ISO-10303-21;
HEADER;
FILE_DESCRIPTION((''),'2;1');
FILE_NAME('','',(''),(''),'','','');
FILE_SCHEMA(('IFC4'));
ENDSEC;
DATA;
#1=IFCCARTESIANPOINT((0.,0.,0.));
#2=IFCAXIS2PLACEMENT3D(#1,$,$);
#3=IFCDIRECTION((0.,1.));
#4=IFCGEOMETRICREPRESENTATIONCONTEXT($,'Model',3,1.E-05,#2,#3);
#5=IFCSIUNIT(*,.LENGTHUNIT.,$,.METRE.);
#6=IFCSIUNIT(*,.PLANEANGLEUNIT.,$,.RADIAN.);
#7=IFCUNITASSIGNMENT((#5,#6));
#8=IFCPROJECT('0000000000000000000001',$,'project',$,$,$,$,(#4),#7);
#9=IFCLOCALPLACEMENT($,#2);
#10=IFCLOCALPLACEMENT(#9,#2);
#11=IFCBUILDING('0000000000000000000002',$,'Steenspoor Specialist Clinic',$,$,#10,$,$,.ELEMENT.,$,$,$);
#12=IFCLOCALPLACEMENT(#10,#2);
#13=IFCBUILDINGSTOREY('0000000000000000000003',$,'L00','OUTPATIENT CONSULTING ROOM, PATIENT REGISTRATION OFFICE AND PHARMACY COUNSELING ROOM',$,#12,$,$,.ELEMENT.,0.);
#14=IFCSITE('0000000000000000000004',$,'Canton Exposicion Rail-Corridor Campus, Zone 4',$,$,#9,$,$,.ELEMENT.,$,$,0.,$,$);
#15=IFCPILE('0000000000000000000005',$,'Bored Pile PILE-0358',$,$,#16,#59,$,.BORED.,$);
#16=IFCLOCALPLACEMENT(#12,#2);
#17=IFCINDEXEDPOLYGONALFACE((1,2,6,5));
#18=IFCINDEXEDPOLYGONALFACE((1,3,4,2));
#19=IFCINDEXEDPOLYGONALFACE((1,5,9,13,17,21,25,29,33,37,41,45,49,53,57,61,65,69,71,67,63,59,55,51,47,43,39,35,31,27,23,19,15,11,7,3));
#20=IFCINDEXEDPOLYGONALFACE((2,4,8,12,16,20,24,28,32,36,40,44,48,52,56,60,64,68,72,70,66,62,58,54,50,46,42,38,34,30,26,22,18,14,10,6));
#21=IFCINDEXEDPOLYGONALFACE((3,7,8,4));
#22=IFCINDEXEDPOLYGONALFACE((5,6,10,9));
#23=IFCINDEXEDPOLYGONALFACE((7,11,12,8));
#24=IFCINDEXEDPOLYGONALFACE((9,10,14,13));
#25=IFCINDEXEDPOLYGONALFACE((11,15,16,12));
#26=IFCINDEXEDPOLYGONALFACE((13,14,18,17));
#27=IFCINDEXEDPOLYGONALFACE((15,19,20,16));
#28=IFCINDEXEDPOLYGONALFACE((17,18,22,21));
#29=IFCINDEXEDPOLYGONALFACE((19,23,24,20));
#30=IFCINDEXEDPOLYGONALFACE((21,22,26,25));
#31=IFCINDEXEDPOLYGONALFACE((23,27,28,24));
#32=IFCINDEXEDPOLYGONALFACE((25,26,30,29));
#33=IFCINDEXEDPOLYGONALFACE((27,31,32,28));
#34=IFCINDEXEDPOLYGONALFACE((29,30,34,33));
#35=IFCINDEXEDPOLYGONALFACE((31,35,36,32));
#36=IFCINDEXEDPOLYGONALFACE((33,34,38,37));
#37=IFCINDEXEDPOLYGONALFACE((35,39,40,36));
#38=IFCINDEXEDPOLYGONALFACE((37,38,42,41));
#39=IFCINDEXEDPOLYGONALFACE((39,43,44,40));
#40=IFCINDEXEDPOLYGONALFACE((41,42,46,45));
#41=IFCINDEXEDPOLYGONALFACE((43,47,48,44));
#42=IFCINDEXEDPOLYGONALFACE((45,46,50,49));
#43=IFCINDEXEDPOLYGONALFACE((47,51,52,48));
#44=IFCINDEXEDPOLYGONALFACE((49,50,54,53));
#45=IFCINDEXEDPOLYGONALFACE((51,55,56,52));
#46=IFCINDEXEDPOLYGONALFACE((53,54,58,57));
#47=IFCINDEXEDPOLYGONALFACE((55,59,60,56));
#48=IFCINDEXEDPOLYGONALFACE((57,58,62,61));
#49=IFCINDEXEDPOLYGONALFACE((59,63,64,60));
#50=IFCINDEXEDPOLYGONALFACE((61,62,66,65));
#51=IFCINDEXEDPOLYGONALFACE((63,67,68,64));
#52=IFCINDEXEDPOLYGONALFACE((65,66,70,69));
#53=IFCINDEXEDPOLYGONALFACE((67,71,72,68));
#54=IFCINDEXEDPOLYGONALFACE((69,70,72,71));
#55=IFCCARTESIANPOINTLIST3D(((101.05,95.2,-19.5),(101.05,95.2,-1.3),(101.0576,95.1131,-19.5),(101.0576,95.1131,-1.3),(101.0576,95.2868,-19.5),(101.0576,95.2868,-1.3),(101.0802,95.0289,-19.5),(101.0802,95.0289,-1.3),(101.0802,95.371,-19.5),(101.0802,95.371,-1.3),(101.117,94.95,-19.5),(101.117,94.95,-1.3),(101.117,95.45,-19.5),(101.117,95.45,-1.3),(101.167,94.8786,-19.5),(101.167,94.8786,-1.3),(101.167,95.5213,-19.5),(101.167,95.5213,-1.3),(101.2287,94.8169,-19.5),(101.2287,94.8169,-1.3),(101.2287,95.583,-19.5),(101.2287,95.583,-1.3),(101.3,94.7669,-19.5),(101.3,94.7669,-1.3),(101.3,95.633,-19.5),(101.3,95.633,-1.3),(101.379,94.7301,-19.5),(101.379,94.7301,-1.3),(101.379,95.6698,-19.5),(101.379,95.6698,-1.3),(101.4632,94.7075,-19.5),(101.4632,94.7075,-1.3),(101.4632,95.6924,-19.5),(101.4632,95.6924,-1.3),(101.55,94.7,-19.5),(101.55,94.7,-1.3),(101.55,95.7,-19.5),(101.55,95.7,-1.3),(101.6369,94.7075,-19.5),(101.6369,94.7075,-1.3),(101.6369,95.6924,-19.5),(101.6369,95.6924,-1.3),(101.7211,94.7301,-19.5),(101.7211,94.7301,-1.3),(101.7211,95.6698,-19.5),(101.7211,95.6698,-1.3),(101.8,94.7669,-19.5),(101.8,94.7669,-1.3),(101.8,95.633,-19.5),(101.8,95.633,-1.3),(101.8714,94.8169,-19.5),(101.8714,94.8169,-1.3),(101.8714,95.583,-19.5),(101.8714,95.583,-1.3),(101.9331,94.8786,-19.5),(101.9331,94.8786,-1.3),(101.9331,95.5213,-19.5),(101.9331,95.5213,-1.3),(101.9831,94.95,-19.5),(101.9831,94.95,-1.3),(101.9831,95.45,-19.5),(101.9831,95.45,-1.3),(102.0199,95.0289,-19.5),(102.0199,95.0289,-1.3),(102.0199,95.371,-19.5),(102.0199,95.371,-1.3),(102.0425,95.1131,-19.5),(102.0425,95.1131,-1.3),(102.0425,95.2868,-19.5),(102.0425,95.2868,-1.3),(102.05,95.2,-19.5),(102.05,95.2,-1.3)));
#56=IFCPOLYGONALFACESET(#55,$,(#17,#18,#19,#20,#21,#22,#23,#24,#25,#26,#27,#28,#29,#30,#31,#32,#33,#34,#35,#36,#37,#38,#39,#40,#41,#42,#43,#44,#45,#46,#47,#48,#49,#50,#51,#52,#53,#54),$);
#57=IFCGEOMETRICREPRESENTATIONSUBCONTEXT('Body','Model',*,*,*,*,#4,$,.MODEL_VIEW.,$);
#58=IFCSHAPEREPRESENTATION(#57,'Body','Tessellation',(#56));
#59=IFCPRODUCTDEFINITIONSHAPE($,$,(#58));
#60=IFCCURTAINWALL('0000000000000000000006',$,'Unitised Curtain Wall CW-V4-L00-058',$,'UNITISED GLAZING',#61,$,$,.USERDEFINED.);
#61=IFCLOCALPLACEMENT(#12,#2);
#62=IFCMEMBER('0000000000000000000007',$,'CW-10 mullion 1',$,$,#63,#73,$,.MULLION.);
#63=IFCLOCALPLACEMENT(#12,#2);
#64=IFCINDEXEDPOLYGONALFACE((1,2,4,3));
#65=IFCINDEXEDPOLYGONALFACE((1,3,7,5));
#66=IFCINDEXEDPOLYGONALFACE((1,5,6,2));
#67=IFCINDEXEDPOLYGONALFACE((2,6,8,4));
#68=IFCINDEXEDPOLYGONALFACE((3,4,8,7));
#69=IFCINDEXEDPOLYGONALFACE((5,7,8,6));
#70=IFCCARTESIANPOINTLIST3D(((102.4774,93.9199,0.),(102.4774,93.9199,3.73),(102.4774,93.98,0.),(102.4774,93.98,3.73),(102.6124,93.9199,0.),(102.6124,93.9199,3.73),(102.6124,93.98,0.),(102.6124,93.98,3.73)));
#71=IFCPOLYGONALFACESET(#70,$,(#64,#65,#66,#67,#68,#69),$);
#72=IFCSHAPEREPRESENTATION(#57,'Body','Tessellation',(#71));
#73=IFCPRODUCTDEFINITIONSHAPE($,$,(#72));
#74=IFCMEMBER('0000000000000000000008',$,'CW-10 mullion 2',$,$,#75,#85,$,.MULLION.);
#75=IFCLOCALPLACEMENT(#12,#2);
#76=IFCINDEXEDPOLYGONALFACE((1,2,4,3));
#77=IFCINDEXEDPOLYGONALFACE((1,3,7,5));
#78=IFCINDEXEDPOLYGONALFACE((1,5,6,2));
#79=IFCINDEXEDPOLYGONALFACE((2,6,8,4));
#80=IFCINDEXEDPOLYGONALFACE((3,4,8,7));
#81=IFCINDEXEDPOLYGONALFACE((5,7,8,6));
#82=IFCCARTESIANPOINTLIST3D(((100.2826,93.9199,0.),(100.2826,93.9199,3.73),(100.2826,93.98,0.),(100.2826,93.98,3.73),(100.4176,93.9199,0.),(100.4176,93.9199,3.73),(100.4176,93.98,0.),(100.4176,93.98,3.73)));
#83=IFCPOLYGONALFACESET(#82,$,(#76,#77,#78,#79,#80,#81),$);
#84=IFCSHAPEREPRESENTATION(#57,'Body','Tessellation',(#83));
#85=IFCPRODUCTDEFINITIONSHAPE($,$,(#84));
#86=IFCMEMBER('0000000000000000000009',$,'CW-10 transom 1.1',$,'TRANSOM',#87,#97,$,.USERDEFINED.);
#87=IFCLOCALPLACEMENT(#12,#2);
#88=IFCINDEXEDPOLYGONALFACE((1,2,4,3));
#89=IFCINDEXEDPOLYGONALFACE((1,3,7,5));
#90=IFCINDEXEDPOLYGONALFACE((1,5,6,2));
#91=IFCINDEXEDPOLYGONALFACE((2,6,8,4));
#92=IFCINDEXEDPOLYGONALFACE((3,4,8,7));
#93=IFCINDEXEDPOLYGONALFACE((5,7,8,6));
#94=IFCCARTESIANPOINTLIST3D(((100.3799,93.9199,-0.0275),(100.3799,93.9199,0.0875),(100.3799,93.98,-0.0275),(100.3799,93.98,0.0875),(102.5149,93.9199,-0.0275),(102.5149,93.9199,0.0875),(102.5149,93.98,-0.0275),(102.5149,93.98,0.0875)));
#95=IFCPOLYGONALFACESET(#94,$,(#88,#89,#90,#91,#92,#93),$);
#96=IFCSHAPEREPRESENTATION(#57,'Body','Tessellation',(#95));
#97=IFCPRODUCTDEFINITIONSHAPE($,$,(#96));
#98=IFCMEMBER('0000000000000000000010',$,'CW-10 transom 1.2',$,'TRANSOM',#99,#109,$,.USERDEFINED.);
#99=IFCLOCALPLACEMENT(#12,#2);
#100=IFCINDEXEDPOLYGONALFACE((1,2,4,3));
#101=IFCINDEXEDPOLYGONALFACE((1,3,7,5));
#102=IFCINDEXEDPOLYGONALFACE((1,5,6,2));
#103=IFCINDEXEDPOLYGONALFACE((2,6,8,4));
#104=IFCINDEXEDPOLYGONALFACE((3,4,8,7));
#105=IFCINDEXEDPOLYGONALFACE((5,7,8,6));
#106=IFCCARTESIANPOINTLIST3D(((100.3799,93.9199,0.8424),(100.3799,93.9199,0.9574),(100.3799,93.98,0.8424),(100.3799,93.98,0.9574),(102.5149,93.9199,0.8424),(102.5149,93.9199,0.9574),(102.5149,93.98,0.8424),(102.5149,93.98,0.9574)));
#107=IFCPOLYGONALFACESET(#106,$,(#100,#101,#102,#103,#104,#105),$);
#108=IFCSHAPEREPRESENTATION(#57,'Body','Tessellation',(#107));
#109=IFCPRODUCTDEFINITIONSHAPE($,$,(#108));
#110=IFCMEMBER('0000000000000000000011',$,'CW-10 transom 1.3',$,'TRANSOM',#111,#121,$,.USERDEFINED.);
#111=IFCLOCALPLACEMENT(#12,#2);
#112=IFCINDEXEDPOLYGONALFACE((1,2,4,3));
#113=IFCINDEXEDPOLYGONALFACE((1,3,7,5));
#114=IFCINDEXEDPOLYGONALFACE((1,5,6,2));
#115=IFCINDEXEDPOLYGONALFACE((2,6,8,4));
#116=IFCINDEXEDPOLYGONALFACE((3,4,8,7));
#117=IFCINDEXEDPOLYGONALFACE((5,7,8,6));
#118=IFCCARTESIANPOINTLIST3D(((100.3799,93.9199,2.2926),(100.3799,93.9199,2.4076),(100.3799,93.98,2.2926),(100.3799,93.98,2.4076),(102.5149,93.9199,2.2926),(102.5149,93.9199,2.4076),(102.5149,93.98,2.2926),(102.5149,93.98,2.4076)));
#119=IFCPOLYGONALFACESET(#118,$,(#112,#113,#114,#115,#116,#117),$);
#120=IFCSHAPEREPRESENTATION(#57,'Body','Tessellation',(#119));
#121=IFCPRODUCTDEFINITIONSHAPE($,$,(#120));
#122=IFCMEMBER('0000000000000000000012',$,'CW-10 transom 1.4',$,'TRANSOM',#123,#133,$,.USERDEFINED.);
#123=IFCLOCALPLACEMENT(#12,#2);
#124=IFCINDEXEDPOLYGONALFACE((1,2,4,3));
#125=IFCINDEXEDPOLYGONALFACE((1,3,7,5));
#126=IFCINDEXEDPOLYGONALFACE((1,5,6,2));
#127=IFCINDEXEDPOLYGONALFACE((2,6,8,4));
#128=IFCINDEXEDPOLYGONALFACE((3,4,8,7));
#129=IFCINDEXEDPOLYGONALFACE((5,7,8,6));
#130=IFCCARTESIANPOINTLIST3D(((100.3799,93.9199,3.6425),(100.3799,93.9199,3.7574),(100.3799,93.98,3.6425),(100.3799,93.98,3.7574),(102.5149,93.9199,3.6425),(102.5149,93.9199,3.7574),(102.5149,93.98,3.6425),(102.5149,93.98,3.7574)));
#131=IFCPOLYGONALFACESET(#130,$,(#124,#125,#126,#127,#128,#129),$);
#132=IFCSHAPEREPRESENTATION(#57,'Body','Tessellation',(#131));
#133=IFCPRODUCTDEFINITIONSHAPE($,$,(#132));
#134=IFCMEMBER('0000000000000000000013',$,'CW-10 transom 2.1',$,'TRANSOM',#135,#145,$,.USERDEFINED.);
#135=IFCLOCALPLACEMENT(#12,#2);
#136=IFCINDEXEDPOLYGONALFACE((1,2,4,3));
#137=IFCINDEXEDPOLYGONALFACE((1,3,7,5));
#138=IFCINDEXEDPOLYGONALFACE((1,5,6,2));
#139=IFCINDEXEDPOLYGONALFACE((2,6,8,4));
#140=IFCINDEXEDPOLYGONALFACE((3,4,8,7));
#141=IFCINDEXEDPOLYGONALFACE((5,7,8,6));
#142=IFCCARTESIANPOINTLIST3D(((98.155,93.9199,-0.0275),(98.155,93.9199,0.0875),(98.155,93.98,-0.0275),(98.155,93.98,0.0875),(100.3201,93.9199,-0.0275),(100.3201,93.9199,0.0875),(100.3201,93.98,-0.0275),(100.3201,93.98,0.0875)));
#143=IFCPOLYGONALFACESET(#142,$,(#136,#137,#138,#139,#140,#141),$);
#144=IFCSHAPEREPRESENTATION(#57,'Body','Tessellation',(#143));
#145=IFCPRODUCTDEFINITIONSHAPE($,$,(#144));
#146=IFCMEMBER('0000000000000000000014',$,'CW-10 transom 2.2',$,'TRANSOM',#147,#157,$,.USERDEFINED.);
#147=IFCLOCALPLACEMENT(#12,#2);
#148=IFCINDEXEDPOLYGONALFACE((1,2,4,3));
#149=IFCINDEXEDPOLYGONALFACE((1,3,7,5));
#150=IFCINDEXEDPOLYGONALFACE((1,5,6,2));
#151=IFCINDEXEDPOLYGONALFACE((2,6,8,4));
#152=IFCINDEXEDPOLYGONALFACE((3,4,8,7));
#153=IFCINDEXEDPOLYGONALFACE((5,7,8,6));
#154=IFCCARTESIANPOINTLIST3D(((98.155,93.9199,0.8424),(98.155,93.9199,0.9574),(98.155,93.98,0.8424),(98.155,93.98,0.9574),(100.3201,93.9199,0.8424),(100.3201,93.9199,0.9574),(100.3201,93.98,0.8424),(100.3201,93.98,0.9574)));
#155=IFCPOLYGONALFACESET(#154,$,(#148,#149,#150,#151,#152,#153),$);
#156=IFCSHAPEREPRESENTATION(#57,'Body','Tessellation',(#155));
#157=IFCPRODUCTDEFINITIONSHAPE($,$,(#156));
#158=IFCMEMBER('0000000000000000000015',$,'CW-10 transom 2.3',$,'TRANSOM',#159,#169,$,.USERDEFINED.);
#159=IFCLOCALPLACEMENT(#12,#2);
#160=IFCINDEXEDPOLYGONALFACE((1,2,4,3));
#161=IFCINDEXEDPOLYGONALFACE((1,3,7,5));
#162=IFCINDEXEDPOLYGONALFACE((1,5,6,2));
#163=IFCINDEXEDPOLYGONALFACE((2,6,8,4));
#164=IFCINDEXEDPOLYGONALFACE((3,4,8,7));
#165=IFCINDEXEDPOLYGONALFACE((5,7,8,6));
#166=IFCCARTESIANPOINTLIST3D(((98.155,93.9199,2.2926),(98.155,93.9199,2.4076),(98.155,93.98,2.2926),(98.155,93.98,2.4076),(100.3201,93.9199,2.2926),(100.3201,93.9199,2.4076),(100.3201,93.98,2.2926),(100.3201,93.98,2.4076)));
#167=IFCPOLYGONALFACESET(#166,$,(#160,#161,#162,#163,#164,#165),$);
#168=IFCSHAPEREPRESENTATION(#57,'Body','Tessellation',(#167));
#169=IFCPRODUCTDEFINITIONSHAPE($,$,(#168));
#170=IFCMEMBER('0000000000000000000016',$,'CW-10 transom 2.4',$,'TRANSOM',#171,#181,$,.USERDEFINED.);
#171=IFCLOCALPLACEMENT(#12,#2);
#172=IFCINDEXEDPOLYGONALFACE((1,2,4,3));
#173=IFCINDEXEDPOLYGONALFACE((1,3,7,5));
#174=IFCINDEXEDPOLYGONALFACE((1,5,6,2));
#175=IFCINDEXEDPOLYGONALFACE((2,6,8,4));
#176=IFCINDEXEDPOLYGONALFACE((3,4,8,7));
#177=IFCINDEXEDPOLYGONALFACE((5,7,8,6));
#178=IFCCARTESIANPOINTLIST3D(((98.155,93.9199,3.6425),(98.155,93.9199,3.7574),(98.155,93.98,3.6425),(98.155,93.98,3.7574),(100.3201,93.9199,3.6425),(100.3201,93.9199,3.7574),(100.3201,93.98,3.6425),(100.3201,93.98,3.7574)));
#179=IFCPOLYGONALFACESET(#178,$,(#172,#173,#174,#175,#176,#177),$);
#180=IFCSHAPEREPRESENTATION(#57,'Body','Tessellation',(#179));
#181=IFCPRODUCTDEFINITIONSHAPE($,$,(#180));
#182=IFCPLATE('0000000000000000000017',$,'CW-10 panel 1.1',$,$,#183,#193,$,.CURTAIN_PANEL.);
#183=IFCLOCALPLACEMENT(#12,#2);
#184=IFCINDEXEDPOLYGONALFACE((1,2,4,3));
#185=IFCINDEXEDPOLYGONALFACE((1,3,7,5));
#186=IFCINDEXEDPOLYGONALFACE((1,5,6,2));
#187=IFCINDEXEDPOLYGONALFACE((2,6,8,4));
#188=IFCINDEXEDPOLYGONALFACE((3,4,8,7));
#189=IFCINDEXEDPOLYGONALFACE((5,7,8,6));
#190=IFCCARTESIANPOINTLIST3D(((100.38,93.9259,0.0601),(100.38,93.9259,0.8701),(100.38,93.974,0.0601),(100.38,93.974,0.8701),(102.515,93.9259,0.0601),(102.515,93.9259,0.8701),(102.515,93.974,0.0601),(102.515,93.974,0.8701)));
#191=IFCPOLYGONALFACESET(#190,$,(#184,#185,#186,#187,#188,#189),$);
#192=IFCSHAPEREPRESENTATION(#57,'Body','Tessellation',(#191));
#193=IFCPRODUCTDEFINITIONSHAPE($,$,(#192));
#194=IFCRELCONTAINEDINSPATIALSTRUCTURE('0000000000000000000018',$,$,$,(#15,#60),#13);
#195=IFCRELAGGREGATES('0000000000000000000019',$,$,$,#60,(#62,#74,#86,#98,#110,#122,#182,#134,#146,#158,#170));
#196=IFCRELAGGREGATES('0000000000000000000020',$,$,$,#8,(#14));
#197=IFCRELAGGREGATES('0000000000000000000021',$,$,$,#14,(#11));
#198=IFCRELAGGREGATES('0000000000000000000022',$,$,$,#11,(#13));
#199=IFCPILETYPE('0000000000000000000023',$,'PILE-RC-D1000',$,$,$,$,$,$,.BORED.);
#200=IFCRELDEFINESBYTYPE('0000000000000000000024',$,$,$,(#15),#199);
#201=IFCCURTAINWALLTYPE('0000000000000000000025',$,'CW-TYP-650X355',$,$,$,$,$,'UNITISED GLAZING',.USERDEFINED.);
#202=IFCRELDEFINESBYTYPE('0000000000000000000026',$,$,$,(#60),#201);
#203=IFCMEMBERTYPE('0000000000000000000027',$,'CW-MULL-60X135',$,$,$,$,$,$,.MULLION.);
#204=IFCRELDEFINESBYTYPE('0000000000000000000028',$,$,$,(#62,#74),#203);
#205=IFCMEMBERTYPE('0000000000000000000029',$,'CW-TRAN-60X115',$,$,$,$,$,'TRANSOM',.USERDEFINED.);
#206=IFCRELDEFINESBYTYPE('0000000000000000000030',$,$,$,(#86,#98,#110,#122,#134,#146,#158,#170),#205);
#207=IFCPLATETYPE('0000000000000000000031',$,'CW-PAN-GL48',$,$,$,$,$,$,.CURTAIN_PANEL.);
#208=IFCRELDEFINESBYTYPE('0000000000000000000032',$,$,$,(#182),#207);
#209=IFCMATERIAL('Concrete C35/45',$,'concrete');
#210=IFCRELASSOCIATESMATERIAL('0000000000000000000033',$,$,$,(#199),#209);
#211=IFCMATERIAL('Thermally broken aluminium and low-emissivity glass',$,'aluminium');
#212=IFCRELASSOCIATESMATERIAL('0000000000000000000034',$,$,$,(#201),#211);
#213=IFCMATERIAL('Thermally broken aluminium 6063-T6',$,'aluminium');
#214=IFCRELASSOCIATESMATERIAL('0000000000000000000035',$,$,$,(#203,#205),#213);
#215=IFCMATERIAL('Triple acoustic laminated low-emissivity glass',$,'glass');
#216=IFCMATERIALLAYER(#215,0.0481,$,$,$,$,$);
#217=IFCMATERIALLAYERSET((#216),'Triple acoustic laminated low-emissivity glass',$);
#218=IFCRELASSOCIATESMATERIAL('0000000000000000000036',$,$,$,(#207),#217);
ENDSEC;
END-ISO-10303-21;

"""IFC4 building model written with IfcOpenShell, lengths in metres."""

from ifc_helpers import new_model, si_unit, direction, frame, origin, origin_2d, place, context, subcontext, project, spatial, rectangle, circle, extrude, material, layer, layer_set, material_profile, profile_set, type_object, element, aggregate, save


model = new_model("IFC4")

# Units and contexts
model_context = context("Model", 3, precision=1e-05, world=origin(), true_north=direction((0.0, 1.0)))
body_context = subcontext(model_context, "Body", "Model", "MODEL_VIEW")
ifc_project = project(units=[si_unit("LENGTHUNIT", "METRE"), si_unit("PLANEANGLEUNIT", "RADIAN")], contexts=[model_context])

# Site, building, storey
site_placement = place(None, origin())
site = spatial("IfcSite", under=ifc_project, at=site_placement, Name="Canton Exposicion Rail-Corridor Campus, Zone 4", CompositionType="ELEMENT", RefElevation=0.0)
building_placement = place(site_placement, origin())
building = spatial("IfcBuilding", under=site, at=building_placement, Name="Steenspoor Specialist Clinic", CompositionType="ELEMENT")
storey_placement = place(building_placement, origin())
storey = spatial("IfcBuildingStorey", under=building, at=storey_placement, Name="L00", Description="OUTPATIENT CONSULTING ROOM, PATIENT REGISTRATION OFFICE AND PHARMACY COUNSELING ROOM", CompositionType="ELEMENT", Elevation=0.0)

# Pile
ifc_material_1 = material(Name="Concrete C35/45", Category="concrete")
ifc_material_profile_1 = material_profile(ifc_material_1, circle(Radius=0.5, at=origin_2d()), Name="PILE-D1000")
ifc_profile_set_1 = profile_set([ifc_material_profile_1], Name="Concrete C35/45")
pile_type = type_object("IfcPileType", Name="PILE-RC-D1000", PredefinedType="BORED", material=ifc_profile_set_1)
pile_placement = place(storey_placement, frame((101.55, 95.2, -1.3), z_axis=(0.0, 0.0, -1.0), x_axis=(1.0, 0.0, 0.0)))
element("IfcPile", 1, at=pile_placement, inside=storey, type_object=pile_type, Name="Bored Pile PILE-0358", PredefinedType="BORED", context=body_context, shape_type="SweptSolid", body=[
    extrude(circle(Radius=0.5, at=origin_2d()), origin(), (0.0, 0.0, 1.0), 18.2),
])

# Curtain wall, members, plate
ifc_material_2 = material(Name="Thermally broken aluminium and low-emissivity glass", Category="aluminium")
curtain_wall_type = type_object("IfcCurtainWallType", Name="CW-TYP-650X355", ElementType="UNITISED GLAZING", PredefinedType="USERDEFINED", material=ifc_material_2)
curtain_wall_placement = place(storey_placement, origin())
curtain_wall = element("IfcCurtainWall", 2, at=curtain_wall_placement, inside=storey, type_object=curtain_wall_type, Name="Unitised Curtain Wall CW-V4-L00-058", ObjectType="UNITISED GLAZING", PredefinedType="USERDEFINED")
ifc_material_3 = material(Name="Thermally broken aluminium 6063-T6", Category="aluminium")
ifc_material_profile_2 = material_profile(ifc_material_3, rectangle(XDim=0.0601, YDim=0.135, at=origin_2d()), Name="CWM-60X135")
ifc_profile_set_2 = profile_set([ifc_material_profile_2], Name="Thermally broken aluminium 6063-T6")
member_type_1 = type_object("IfcMemberType", Name="CW-MULL-60X135", PredefinedType="MULLION", material=ifc_profile_set_2)
member_1_placement = place(storey_placement, frame((102.5449, 93.95, 0.0), z_axis=(0.0, 0.0, 1.0), x_axis=(0.0, -1.0, 0.0)))
member_1 = element("IfcMember", 3, at=member_1_placement, type_object=member_type_1, Name="CW-10 mullion 1", PredefinedType="MULLION", context=body_context, shape_type="SweptSolid", body=[
    extrude(rectangle(XDim=0.0601, YDim=0.135, at=origin_2d()), origin(), (0.0, 0.0, 1.0), 3.73),
])
member_2_placement = place(storey_placement, frame((100.3501, 93.95, 0.0), z_axis=(0.0, 0.0, 1.0), x_axis=(0.0, -1.0, 0.0)))
member_2 = element("IfcMember", 4, at=member_2_placement, type_object=member_type_1, Name="CW-10 mullion 2", PredefinedType="MULLION", context=body_context, shape_type="SweptSolid", body=[
    extrude(rectangle(XDim=0.0601, YDim=0.135, at=origin_2d()), origin(), (0.0, 0.0, 1.0), 3.73),
])
ifc_material_profile_3 = material_profile(ifc_material_3, rectangle(XDim=0.0601, YDim=0.115, at=origin_2d()), Name="CWT-60X115")
ifc_profile_set_3 = profile_set([ifc_material_profile_3], Name="Thermally broken aluminium 6063-T6")
member_type_2 = type_object("IfcMemberType", Name="CW-TRAN-60X115", ElementType="TRANSOM", PredefinedType="USERDEFINED", material=ifc_profile_set_3)
member_3_placement = place(storey_placement, frame((102.5149, 93.95, 0.03), z_axis=(-1.0, 0.0, 0.0), x_axis=(0.0, -1.0, 0.0)))
member_3 = element("IfcMember", 5, at=member_3_placement, type_object=member_type_2, Name="CW-10 transom 1.1", ObjectType="TRANSOM", PredefinedType="USERDEFINED", context=body_context, shape_type="SweptSolid", body=[
    extrude(rectangle(XDim=0.0601, YDim=0.115, at=origin_2d()), origin(), (0.0, 0.0, 1.0), 2.135),
])
member_4_placement = place(storey_placement, frame((102.5149, 93.95, 0.8999), z_axis=(-1.0, 0.0, 0.0), x_axis=(0.0, -1.0, 0.0)))
member_4 = element("IfcMember", 6, at=member_4_placement, type_object=member_type_2, Name="CW-10 transom 1.2", ObjectType="TRANSOM", PredefinedType="USERDEFINED", context=body_context, shape_type="SweptSolid", body=[
    extrude(rectangle(XDim=0.0601, YDim=0.115, at=origin_2d()), origin(), (0.0, 0.0, 1.0), 2.135),
])
member_5_placement = place(storey_placement, frame((102.5149, 93.95, 2.3501), z_axis=(-1.0, 0.0, 0.0), x_axis=(0.0, -1.0, 0.0)))
member_5 = element("IfcMember", 7, at=member_5_placement, type_object=member_type_2, Name="CW-10 transom 1.3", ObjectType="TRANSOM", PredefinedType="USERDEFINED", context=body_context, shape_type="SweptSolid", body=[
    extrude(rectangle(XDim=0.0601, YDim=0.115, at=origin_2d()), origin(), (0.0, 0.0, 1.0), 2.135),
])
member_6_placement = place(storey_placement, frame((102.5149, 93.95, 3.7), z_axis=(-1.0, 0.0, 0.0), x_axis=(0.0, -1.0, 0.0)))
member_6 = element("IfcMember", 8, at=member_6_placement, type_object=member_type_2, Name="CW-10 transom 1.4", ObjectType="TRANSOM", PredefinedType="USERDEFINED", context=body_context, shape_type="SweptSolid", body=[
    extrude(rectangle(XDim=0.0601, YDim=0.115, at=origin_2d()), origin(), (0.0, 0.0, 1.0), 2.135),
])
member_7_placement = place(storey_placement, frame((100.3201, 93.95, 0.03), z_axis=(-1.0, 0.0, 0.0), x_axis=(0.0, -1.0, 0.0)))
member_7 = element("IfcMember", 9, at=member_7_placement, type_object=member_type_2, Name="CW-10 transom 2.1", ObjectType="TRANSOM", PredefinedType="USERDEFINED", context=body_context, shape_type="SweptSolid", body=[
    extrude(rectangle(XDim=0.0601, YDim=0.115, at=origin_2d()), origin(), (0.0, 0.0, 1.0), 2.165),
])
member_8_placement = place(storey_placement, frame((100.3201, 93.95, 0.8999), z_axis=(-1.0, 0.0, 0.0), x_axis=(0.0, -1.0, 0.0)))
member_8 = element("IfcMember", 10, at=member_8_placement, type_object=member_type_2, Name="CW-10 transom 2.2", ObjectType="TRANSOM", PredefinedType="USERDEFINED", context=body_context, shape_type="SweptSolid", body=[
    extrude(rectangle(XDim=0.0601, YDim=0.115, at=origin_2d()), origin(), (0.0, 0.0, 1.0), 2.165),
])
member_9_placement = place(storey_placement, frame((100.3201, 93.95, 2.3501), z_axis=(-1.0, 0.0, 0.0), x_axis=(0.0, -1.0, 0.0)))
member_9 = element("IfcMember", 11, at=member_9_placement, type_object=member_type_2, Name="CW-10 transom 2.3", ObjectType="TRANSOM", PredefinedType="USERDEFINED", context=body_context, shape_type="SweptSolid", body=[
    extrude(rectangle(XDim=0.0601, YDim=0.115, at=origin_2d()), origin(), (0.0, 0.0, 1.0), 2.165),
])
member_10_placement = place(storey_placement, frame((100.3201, 93.95, 3.7), z_axis=(-1.0, 0.0, 0.0), x_axis=(0.0, -1.0, 0.0)))
member_10 = element("IfcMember", 12, at=member_10_placement, type_object=member_type_2, Name="CW-10 transom 2.4", ObjectType="TRANSOM", PredefinedType="USERDEFINED", context=body_context, shape_type="SweptSolid", body=[
    extrude(rectangle(XDim=0.0601, YDim=0.115, at=origin_2d()), origin(), (0.0, 0.0, 1.0), 2.165),
])
ifc_material_4 = material(Name="Triple acoustic laminated low-emissivity glass", Category="glass")
ifc_layer_1 = layer(ifc_material_4, 0.0481)
ifc_layer_set_1 = layer_set([ifc_layer_1], Name="Triple acoustic laminated low-emissivity glass")
plate_type = type_object("IfcPlateType", Name="CW-PAN-GL48", PredefinedType="CURTAIN_PANEL", material=ifc_layer_set_1)
plate_1_placement = place(storey_placement, frame((101.4475, 93.95, 0.0601), z_axis=(0.0, 0.0, 1.0), x_axis=(-1.0, 0.0, 0.0)))
plate_1 = element("IfcPlate", 13, at=plate_1_placement, type_object=plate_type, Name="CW-10 panel 1.1", PredefinedType="CURTAIN_PANEL", context=body_context, shape_type="SweptSolid", body=[
    extrude(rectangle(XDim=2.135, YDim=0.0481, at=origin_2d()), origin(), (0.0, 0.0, 1.0), 0.8101),
])
aggregate(curtain_wall, [member_1, member_2, member_3, member_4, member_5, member_6, plate_1, member_7, member_8, member_9, member_10])

save(model, "model.ifc")
